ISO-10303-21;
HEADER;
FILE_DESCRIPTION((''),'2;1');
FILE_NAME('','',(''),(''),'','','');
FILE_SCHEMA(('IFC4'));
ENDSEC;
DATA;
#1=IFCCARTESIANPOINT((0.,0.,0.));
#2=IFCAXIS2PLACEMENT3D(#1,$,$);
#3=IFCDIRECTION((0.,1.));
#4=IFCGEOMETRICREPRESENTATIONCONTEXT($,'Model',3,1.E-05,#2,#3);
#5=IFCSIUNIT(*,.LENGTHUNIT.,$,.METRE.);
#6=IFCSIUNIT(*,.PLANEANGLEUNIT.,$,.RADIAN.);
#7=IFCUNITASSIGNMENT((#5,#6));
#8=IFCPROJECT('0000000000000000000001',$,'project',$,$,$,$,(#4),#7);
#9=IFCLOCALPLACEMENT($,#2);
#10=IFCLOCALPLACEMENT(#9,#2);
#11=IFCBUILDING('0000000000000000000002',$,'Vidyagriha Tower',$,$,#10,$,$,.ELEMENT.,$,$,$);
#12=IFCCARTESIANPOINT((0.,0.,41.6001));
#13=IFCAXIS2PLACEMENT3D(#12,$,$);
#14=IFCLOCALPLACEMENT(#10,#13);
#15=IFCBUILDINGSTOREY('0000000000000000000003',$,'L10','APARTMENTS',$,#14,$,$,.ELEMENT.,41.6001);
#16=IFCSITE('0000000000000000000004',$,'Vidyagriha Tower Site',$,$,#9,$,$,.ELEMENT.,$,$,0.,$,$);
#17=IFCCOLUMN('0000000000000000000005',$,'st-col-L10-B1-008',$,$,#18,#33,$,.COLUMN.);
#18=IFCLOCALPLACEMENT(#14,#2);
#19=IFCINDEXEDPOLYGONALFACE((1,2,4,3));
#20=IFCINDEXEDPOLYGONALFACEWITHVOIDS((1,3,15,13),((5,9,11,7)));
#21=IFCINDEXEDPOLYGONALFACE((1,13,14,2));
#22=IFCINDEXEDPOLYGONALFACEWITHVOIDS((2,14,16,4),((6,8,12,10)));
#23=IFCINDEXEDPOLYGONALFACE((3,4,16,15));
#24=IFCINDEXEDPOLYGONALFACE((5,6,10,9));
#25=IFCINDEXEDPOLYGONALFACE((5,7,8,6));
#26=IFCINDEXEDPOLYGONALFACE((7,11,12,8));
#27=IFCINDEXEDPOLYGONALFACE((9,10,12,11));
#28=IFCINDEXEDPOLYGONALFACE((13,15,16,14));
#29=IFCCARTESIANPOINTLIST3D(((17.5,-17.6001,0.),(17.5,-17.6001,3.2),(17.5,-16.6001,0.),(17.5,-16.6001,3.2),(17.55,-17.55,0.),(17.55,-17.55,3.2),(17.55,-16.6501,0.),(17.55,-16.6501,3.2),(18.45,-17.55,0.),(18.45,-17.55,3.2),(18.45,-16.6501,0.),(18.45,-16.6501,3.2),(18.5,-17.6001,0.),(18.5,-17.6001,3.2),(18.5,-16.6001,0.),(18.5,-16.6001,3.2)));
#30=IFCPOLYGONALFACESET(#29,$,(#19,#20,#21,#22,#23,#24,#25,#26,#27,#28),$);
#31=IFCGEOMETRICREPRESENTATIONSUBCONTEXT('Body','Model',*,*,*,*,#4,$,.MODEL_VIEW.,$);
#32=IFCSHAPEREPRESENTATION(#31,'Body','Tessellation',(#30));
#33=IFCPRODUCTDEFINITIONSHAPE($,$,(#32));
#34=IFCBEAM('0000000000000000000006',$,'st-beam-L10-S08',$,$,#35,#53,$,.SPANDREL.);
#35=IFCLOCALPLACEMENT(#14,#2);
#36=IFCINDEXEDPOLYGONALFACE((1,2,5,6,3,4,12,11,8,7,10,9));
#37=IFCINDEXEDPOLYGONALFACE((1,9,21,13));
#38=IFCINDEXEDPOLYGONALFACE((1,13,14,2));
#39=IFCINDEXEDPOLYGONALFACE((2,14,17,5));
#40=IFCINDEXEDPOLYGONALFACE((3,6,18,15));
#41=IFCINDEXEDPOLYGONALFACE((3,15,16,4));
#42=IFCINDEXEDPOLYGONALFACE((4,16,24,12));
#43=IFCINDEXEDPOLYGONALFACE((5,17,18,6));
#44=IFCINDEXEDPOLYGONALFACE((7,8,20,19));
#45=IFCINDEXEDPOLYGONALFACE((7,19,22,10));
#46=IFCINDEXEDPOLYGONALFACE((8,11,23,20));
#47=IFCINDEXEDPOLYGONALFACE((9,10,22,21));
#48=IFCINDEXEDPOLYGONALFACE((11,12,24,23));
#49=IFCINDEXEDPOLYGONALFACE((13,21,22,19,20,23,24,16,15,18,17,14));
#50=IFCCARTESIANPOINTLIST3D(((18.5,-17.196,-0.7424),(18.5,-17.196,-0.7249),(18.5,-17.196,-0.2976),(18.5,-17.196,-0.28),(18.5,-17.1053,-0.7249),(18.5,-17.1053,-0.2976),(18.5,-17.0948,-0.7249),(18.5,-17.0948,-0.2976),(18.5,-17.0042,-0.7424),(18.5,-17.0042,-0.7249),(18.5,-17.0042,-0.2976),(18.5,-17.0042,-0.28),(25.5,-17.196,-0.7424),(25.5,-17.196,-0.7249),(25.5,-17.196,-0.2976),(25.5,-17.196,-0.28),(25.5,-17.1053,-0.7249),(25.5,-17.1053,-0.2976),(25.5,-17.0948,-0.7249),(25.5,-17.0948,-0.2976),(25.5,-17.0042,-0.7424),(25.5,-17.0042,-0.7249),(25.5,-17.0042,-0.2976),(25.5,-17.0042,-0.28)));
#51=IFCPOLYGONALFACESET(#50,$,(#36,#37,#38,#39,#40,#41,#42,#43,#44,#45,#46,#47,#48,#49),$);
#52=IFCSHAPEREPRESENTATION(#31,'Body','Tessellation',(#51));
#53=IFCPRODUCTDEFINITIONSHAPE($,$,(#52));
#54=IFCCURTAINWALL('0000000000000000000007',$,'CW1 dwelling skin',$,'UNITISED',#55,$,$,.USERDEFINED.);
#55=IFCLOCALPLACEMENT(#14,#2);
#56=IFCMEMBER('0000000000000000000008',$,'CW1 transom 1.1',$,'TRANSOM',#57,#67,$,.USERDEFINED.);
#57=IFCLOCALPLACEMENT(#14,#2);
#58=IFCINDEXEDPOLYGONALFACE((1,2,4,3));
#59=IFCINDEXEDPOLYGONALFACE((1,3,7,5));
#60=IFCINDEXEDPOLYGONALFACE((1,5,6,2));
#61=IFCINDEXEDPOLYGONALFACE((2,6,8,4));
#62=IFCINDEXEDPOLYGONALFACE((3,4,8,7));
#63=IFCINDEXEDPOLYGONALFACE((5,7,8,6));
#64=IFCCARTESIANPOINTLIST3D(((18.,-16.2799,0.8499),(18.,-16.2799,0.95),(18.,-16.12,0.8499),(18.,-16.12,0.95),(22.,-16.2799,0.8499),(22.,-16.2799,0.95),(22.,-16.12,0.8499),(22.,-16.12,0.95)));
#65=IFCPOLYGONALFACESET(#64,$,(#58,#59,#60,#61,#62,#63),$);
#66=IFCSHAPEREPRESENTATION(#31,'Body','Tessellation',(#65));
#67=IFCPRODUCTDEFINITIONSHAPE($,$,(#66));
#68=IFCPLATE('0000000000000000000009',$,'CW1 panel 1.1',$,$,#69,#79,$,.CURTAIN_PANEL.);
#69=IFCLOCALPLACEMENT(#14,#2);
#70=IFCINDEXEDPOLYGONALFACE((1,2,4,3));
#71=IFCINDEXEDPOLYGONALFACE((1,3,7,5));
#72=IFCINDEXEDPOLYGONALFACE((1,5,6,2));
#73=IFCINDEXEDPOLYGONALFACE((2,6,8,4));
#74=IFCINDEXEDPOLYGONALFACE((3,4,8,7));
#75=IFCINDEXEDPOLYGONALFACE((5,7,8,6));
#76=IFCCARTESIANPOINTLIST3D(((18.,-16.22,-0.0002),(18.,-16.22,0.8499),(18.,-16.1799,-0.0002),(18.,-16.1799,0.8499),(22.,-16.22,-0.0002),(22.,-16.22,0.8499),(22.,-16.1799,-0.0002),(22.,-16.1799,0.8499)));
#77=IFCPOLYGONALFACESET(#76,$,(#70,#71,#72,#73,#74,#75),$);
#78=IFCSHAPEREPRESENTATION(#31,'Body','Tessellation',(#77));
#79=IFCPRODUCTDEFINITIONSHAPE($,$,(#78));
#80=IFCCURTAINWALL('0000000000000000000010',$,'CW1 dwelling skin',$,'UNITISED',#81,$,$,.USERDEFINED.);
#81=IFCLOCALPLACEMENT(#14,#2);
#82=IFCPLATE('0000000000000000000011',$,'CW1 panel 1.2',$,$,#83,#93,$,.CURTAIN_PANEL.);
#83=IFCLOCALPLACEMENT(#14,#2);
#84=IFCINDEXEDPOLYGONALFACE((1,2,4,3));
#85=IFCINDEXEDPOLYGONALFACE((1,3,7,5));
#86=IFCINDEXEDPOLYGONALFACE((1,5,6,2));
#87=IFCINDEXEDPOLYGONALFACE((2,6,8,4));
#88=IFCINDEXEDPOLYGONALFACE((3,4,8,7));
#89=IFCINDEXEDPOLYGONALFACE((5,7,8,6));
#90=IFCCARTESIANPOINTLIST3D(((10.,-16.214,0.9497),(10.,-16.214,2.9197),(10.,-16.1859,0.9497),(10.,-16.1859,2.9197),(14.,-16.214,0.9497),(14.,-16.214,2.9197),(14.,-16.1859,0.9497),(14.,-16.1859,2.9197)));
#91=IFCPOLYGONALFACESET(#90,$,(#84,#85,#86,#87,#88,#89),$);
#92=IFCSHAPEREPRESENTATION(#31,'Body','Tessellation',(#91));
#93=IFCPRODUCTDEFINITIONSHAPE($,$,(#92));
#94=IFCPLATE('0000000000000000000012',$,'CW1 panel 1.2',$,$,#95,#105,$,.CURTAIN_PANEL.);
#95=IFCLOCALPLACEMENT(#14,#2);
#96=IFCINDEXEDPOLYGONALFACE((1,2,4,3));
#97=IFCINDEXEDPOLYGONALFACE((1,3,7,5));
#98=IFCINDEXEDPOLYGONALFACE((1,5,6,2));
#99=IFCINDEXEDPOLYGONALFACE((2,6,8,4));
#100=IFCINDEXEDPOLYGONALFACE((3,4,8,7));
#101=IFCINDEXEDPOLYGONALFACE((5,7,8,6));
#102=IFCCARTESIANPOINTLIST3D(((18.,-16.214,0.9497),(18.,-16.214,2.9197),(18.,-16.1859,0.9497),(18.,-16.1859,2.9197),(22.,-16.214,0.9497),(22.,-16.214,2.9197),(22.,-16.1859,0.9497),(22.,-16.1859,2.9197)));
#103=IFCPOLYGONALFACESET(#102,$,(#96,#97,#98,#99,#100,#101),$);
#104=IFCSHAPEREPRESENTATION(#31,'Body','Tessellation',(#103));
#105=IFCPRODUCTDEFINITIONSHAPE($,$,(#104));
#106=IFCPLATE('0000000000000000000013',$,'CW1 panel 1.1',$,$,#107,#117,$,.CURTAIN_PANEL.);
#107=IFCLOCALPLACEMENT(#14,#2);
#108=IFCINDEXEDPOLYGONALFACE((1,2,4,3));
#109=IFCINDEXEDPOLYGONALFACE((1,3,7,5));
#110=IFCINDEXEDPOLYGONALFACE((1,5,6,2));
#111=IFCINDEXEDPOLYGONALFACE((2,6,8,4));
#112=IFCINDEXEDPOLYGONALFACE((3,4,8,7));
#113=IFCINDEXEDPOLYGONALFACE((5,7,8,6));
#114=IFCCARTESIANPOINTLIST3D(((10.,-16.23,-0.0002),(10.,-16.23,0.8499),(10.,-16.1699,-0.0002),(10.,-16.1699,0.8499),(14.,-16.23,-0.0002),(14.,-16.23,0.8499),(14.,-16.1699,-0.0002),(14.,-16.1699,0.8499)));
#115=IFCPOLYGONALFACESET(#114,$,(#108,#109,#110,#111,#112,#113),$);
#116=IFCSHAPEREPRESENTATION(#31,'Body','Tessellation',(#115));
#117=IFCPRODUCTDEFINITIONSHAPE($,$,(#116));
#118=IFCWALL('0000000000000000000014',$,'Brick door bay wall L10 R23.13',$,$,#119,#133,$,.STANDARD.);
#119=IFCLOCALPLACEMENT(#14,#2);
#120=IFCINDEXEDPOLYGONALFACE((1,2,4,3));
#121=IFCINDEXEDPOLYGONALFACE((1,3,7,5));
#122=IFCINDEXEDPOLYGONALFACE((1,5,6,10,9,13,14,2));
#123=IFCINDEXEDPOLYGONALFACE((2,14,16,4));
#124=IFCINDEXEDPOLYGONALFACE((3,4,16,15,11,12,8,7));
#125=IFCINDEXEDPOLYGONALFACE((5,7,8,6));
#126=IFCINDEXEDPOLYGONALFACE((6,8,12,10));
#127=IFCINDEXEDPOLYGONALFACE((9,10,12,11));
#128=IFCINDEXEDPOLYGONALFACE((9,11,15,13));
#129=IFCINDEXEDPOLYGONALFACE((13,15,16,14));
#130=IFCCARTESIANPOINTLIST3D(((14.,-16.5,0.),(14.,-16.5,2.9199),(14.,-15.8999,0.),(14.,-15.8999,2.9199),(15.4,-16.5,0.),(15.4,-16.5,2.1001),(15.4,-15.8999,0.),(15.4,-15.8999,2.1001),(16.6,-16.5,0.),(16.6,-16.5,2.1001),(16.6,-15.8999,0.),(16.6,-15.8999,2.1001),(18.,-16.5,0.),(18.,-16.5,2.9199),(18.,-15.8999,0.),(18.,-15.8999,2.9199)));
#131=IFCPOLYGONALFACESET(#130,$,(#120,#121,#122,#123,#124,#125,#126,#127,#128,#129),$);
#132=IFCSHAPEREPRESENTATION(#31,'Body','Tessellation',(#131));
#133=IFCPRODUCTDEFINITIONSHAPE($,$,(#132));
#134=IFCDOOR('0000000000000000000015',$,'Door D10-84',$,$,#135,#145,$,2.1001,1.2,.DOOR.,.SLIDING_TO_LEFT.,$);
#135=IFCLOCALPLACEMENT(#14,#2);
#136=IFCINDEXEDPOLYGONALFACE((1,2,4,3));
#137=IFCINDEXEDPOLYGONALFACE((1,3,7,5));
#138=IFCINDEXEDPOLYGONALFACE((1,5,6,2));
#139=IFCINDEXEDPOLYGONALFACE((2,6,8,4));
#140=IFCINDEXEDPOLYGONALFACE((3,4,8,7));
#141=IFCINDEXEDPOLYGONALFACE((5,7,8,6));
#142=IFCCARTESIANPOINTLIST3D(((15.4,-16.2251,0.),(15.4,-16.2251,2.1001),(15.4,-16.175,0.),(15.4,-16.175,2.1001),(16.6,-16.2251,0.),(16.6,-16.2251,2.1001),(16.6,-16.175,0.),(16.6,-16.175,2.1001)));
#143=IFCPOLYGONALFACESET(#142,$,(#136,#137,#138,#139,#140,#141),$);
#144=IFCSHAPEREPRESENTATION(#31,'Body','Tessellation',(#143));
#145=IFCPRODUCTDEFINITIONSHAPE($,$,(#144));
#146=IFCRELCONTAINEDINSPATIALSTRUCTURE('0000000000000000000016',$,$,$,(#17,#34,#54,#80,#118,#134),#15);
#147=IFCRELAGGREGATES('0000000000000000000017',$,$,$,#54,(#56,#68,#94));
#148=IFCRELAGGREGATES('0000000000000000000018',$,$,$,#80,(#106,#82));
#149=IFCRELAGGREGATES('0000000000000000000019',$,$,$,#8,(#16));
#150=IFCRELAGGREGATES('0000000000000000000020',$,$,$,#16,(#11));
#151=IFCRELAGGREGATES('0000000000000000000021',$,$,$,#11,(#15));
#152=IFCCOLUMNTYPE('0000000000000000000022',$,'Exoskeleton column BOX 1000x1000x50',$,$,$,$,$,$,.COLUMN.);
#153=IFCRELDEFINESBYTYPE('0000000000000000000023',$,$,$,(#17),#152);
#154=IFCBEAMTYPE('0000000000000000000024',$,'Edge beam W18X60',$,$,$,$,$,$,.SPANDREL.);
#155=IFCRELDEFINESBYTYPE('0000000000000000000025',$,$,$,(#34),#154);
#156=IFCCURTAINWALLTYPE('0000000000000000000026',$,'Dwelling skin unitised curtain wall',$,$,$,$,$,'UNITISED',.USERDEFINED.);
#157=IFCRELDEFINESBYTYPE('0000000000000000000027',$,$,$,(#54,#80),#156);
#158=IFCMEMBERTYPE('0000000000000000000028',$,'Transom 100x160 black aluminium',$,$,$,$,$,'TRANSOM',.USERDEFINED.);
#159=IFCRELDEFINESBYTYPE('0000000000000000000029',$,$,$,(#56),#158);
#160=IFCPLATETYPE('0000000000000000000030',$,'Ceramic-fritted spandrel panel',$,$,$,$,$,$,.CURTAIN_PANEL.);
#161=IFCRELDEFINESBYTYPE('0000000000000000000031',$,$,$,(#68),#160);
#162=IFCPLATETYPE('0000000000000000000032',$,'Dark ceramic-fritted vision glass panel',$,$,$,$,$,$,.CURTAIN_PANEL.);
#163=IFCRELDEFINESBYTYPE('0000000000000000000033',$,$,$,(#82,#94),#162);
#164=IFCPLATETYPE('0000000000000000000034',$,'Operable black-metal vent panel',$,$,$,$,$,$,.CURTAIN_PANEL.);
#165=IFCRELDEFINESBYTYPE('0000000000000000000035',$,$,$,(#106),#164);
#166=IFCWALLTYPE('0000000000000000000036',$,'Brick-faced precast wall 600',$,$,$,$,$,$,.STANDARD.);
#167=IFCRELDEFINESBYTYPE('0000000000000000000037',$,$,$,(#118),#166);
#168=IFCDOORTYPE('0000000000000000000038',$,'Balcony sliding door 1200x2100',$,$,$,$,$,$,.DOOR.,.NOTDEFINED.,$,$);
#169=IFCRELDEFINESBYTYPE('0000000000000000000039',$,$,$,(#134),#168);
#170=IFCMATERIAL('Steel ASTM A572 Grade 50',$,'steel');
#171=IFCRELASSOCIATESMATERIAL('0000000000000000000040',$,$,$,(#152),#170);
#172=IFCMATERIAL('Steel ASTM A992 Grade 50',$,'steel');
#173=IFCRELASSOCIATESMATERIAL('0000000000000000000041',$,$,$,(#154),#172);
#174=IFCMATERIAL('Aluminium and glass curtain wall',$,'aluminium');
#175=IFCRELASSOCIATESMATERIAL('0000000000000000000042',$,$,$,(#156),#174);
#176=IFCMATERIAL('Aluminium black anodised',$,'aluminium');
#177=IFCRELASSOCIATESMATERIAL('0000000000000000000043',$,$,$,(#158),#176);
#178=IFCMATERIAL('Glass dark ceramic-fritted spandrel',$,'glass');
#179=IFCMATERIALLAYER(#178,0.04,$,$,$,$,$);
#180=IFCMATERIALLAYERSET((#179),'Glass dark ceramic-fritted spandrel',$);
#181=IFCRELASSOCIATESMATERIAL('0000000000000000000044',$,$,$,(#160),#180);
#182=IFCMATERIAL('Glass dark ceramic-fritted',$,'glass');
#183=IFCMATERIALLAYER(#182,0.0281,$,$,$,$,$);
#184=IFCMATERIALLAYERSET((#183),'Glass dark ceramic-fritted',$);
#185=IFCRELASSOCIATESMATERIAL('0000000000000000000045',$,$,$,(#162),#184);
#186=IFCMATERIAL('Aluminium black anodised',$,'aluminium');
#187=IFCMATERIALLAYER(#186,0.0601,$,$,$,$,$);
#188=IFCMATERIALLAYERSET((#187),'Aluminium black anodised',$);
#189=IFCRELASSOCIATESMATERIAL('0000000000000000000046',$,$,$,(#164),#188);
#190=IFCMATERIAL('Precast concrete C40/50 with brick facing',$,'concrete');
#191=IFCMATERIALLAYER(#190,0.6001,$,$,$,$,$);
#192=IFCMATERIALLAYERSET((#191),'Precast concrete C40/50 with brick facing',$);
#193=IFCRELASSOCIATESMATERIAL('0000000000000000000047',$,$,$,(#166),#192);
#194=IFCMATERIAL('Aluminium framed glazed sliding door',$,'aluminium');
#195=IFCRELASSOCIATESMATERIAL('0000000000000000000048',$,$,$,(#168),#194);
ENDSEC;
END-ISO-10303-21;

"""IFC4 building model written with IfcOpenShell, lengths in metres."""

from ifc_helpers import new_model, si_unit, direction, frame, frame_2d, origin, origin_2d, place, context, subcontext, project, spatial, rectangle, hollow_rectangle, i_section, extrude, material, layer, layer_set, material_profile, profile_set, type_object, element, fill, aggregate, save


model = new_model("IFC4")

# Units and contexts
model_context = context("Model", 3, precision=1e-05, world=origin(), true_north=direction((0.0, 1.0)))
body_context = subcontext(model_context, "Body", "Model", "MODEL_VIEW")
ifc_project = project(units=[si_unit("LENGTHUNIT", "METRE"), si_unit("PLANEANGLEUNIT", "RADIAN")], contexts=[model_context])

# Site, building, storey
site_placement = place(None, origin())
site = spatial("IfcSite", under=ifc_project, at=site_placement, Name="Vidyagriha Tower Site", CompositionType="ELEMENT", RefElevation=0.0)
building_placement = place(site_placement, origin())
building = spatial("IfcBuilding", under=site, at=building_placement, Name="Vidyagriha Tower", CompositionType="ELEMENT")
storey_placement = place(building_placement, frame((0.0, 0.0, 41.6001)))
storey = spatial("IfcBuildingStorey", under=building, at=storey_placement, Name="L10", Description="APARTMENTS", CompositionType="ELEMENT", Elevation=41.6001)

# Column
ifc_material_1 = material(Name="Steel ASTM A572 Grade 50", Category="steel")
ifc_material_profile_1 = material_profile(ifc_material_1, hollow_rectangle(XDim=1.0, YDim=1.0, WallThickness=0.05, at=origin_2d()), Name="BOX 1000x1000x50")
ifc_profile_set_1 = profile_set([ifc_material_profile_1], Name="Steel ASTM A572 Grade 50")
column_type = type_object("IfcColumnType", Name="Exoskeleton column BOX 1000x1000x50", PredefinedType="COLUMN", material=ifc_profile_set_1)
column_placement = place(storey_placement, frame((18.0, -17.1001, 0.0)))
element("IfcColumn", 1, at=column_placement, inside=storey, type_object=column_type, Name="st-col-L10-B1-008", PredefinedType="COLUMN", context=body_context, shape_type="SweptSolid", body=[
    extrude(hollow_rectangle(XDim=1.0, YDim=1.0, WallThickness=0.05, at=origin_2d()), origin(), (0.0, 0.0, 1.0), 3.2),
])

# Beam
ifc_material_2 = material(Name="Steel ASTM A992 Grade 50", Category="steel")
ifc_material_profile_2 = material_profile(ifc_material_2, i_section(OverallWidth=0.1919, OverallDepth=0.4624, WebThickness=0.0105, FlangeThickness=0.0176, at=origin_2d()), Name="W18X60")
ifc_profile_set_2 = profile_set([ifc_material_profile_2], Name="Steel ASTM A992 Grade 50")
beam_type = type_object("IfcBeamType", Name="Edge beam W18X60", PredefinedType="SPANDREL", material=ifc_profile_set_2)
beam_placement = place(storey_placement, frame((18.5, -17.1001, -0.5112), z_axis=(1.0, 0.0, 0.0), x_axis=(0.0, 1.0, 0.0)))
element("IfcBeam", 2, at=beam_placement, inside=storey, type_object=beam_type, Name="st-beam-L10-S08", PredefinedType="SPANDREL", context=body_context, shape_type="SweptSolid", body=[
    extrude(i_section(OverallWidth=0.1919, OverallDepth=0.4624, WebThickness=0.0105, FlangeThickness=0.0176, at=origin_2d()), origin(), (0.0, 0.0, 1.0), 7.0),
])

# Curtain wall, member, plate
ifc_material_3 = material(Name="Aluminium and glass curtain wall", Category="aluminium")
curtain_wall_type = type_object("IfcCurtainWallType", Name="Dwelling skin unitised curtain wall", ElementType="UNITISED", PredefinedType="USERDEFINED", material=ifc_material_3)
curtain_wall_1_placement = place(storey_placement, origin())
curtain_wall_1 = element("IfcCurtainWall", 3, at=curtain_wall_1_placement, inside=storey, type_object=curtain_wall_type, Name="CW1 dwelling skin", ObjectType="UNITISED", PredefinedType="USERDEFINED")
ifc_material_4 = material(Name="Aluminium black anodised", Category="aluminium")
ifc_material_profile_3 = material_profile(ifc_material_4, rectangle(XDim=0.1599, YDim=0.1001, at=origin_2d()), Name="Transom 100x160 black aluminium")
ifc_profile_set_3 = profile_set([ifc_material_profile_3], Name="Aluminium black anodised")
member_type = type_object("IfcMemberType", Name="Transom 100x160 black aluminium", ElementType="TRANSOM", PredefinedType="USERDEFINED", material=ifc_profile_set_3)
member_placement = place(storey_placement, frame((18.0, -16.2, 0.8999), z_axis=(1.0, 0.0, 0.0), x_axis=(0.0, 1.0, 0.0)))
member = element("IfcMember", 4, at=member_placement, type_object=member_type, Name="CW1 transom 1.1", ObjectType="TRANSOM", PredefinedType="USERDEFINED", context=body_context, shape_type="SweptSolid", body=[
    extrude(rectangle(XDim=0.1599, YDim=0.1001, at=origin_2d()), origin(), (0.0, 0.0, 1.0), 4.0),
])
ifc_material_5 = material(Name="Glass dark ceramic-fritted spandrel", Category="glass")
ifc_layer_1 = layer(ifc_material_5, 0.04)
ifc_layer_set_1 = layer_set([ifc_layer_1], Name="Glass dark ceramic-fritted spandrel")
plate_type_1 = type_object("IfcPlateType", Name="Ceramic-fritted spandrel panel", PredefinedType="CURTAIN_PANEL", material=ifc_layer_set_1)
plate_1_placement = place(storey_placement, frame((20.0, -16.2, -0.0002)))
plate_1 = element("IfcPlate", 5, at=plate_1_placement, type_object=plate_type_1, Name="CW1 panel 1.1", PredefinedType="CURTAIN_PANEL", context=body_context, shape_type="SweptSolid", body=[
    extrude(rectangle(XDim=4.0, YDim=0.04, at=origin_2d()), origin(), (0.0, 0.0, 1.0), 0.8501),
])

# Curtain wall, plate
curtain_wall_2_placement = place(storey_placement, origin())
curtain_wall_2 = element("IfcCurtainWall", 6, at=curtain_wall_2_placement, inside=storey, type_object=curtain_wall_type, Name="CW1 dwelling skin", ObjectType="UNITISED", PredefinedType="USERDEFINED")
ifc_material_6 = material(Name="Glass dark ceramic-fritted", Category="glass")
ifc_layer_2 = layer(ifc_material_6, 0.0281)
ifc_layer_set_2 = layer_set([ifc_layer_2], Name="Glass dark ceramic-fritted")
plate_type_2 = type_object("IfcPlateType", Name="Dark ceramic-fritted vision glass panel", PredefinedType="CURTAIN_PANEL", material=ifc_layer_set_2)
plate_2_placement = place(storey_placement, frame((12.0, -16.2, 0.9497)))
plate_2 = element("IfcPlate", 7, at=plate_2_placement, type_object=plate_type_2, Name="CW1 panel 1.2", PredefinedType="CURTAIN_PANEL", context=body_context, shape_type="SweptSolid", body=[
    extrude(rectangle(XDim=4.0, YDim=0.0281, at=origin_2d()), origin(), (0.0, 0.0, 1.0), 1.97),
])

# Plates
plate_3_placement = place(storey_placement, frame((20.0, -16.2, 0.9497)))
plate_3 = element("IfcPlate", 8, at=plate_3_placement, type_object=plate_type_2, Name="CW1 panel 1.2", PredefinedType="CURTAIN_PANEL", context=body_context, shape_type="SweptSolid", body=[
    extrude(rectangle(XDim=4.0, YDim=0.0281, at=origin_2d()), origin(), (0.0, 0.0, 1.0), 1.97),
])
aggregate(curtain_wall_1, [member, plate_1, plate_3])
ifc_material_7 = material(Name="Aluminium black anodised", Category="aluminium")
ifc_layer_3 = layer(ifc_material_7, 0.0601)
ifc_layer_set_3 = layer_set([ifc_layer_3], Name="Aluminium black anodised")
plate_type_3 = type_object("IfcPlateType", Name="Operable black-metal vent panel", PredefinedType="CURTAIN_PANEL", material=ifc_layer_set_3)
plate_4_placement = place(storey_placement, frame((12.0, -16.2, -0.0002)))
plate_4 = element("IfcPlate", 9, at=plate_4_placement, type_object=plate_type_3, Name="CW1 panel 1.1", PredefinedType="CURTAIN_PANEL", context=body_context, shape_type="SweptSolid", body=[
    extrude(rectangle(XDim=4.0, YDim=0.0601, at=origin_2d()), origin(), (0.0, 0.0, 1.0), 0.8501),
])
aggregate(curtain_wall_2, [plate_4, plate_2])

# Wall, opening, door
ifc_material_8 = material(Name="Precast concrete C40/50 with brick facing", Category="concrete")
ifc_layer_4 = layer(ifc_material_8, 0.6001)
ifc_layer_set_4 = layer_set([ifc_layer_4], Name="Precast concrete C40/50 with brick facing")
wall_type = type_object("IfcWallType", Name="Brick-faced precast wall 600", PredefinedType="STANDARD", material=ifc_layer_set_4)
wall_placement = place(storey_placement, frame((14.0, -16.2, 0.0)))
wall = element("IfcWall", 10, at=wall_placement, inside=storey, type_object=wall_type, Name="Brick door bay wall L10 R23.13", PredefinedType="STANDARD", context=body_context, shape_type="SweptSolid", body=[
    extrude(rectangle(XDim=4.0, YDim=0.6001, at=frame_2d((2.0, 0.0))), origin(), (0.0, 0.0, 1.0), 2.9199),
])
opening_placement = place(wall_placement, frame((1.3999, 0.0, 0.0)))
opening = element("IfcOpeningElement", 11, at=opening_placement, cuts=wall, PredefinedType="OPENING", context=body_context, shape_type="SweptSolid", body=[
    extrude(rectangle(XDim=1.2, YDim=2.1001, at=frame_2d((0.6001, 1.05))), frame((0.0, 0.3101, 0.0), z_axis=(0.0, -1.0, 0.0), x_axis=(1.0, 0.0, 0.0)), (0.0, 0.0, 1.0), 0.6201),
])
ifc_material_9 = material(Name="Aluminium framed glazed sliding door", Category="aluminium")
door_type = type_object("IfcDoorType", Name="Balcony sliding door 1200x2100", OperationType="NOTDEFINED", PredefinedType="DOOR", material=ifc_material_9)
door_placement = place(opening_placement, origin())
door = element("IfcDoor", 12, at=door_placement, inside=storey, type_object=door_type, Name="Door D10-84", OperationType="SLIDING_TO_LEFT", OverallHeight=2.1001, OverallWidth=1.2, PredefinedType="DOOR", context=body_context, shape_type="SweptSolid", body=[
    extrude(rectangle(XDim=1.2, YDim=2.1001, at=frame_2d((0.6001, 1.05))), frame((0.0, 0.0249, 0.0), z_axis=(0.0, -1.0, 0.0), x_axis=(1.0, 0.0, 0.0)), (0.0, 0.0, 1.0), 0.05),
])
fill(opening, door)

save(model, "model.ifc")
